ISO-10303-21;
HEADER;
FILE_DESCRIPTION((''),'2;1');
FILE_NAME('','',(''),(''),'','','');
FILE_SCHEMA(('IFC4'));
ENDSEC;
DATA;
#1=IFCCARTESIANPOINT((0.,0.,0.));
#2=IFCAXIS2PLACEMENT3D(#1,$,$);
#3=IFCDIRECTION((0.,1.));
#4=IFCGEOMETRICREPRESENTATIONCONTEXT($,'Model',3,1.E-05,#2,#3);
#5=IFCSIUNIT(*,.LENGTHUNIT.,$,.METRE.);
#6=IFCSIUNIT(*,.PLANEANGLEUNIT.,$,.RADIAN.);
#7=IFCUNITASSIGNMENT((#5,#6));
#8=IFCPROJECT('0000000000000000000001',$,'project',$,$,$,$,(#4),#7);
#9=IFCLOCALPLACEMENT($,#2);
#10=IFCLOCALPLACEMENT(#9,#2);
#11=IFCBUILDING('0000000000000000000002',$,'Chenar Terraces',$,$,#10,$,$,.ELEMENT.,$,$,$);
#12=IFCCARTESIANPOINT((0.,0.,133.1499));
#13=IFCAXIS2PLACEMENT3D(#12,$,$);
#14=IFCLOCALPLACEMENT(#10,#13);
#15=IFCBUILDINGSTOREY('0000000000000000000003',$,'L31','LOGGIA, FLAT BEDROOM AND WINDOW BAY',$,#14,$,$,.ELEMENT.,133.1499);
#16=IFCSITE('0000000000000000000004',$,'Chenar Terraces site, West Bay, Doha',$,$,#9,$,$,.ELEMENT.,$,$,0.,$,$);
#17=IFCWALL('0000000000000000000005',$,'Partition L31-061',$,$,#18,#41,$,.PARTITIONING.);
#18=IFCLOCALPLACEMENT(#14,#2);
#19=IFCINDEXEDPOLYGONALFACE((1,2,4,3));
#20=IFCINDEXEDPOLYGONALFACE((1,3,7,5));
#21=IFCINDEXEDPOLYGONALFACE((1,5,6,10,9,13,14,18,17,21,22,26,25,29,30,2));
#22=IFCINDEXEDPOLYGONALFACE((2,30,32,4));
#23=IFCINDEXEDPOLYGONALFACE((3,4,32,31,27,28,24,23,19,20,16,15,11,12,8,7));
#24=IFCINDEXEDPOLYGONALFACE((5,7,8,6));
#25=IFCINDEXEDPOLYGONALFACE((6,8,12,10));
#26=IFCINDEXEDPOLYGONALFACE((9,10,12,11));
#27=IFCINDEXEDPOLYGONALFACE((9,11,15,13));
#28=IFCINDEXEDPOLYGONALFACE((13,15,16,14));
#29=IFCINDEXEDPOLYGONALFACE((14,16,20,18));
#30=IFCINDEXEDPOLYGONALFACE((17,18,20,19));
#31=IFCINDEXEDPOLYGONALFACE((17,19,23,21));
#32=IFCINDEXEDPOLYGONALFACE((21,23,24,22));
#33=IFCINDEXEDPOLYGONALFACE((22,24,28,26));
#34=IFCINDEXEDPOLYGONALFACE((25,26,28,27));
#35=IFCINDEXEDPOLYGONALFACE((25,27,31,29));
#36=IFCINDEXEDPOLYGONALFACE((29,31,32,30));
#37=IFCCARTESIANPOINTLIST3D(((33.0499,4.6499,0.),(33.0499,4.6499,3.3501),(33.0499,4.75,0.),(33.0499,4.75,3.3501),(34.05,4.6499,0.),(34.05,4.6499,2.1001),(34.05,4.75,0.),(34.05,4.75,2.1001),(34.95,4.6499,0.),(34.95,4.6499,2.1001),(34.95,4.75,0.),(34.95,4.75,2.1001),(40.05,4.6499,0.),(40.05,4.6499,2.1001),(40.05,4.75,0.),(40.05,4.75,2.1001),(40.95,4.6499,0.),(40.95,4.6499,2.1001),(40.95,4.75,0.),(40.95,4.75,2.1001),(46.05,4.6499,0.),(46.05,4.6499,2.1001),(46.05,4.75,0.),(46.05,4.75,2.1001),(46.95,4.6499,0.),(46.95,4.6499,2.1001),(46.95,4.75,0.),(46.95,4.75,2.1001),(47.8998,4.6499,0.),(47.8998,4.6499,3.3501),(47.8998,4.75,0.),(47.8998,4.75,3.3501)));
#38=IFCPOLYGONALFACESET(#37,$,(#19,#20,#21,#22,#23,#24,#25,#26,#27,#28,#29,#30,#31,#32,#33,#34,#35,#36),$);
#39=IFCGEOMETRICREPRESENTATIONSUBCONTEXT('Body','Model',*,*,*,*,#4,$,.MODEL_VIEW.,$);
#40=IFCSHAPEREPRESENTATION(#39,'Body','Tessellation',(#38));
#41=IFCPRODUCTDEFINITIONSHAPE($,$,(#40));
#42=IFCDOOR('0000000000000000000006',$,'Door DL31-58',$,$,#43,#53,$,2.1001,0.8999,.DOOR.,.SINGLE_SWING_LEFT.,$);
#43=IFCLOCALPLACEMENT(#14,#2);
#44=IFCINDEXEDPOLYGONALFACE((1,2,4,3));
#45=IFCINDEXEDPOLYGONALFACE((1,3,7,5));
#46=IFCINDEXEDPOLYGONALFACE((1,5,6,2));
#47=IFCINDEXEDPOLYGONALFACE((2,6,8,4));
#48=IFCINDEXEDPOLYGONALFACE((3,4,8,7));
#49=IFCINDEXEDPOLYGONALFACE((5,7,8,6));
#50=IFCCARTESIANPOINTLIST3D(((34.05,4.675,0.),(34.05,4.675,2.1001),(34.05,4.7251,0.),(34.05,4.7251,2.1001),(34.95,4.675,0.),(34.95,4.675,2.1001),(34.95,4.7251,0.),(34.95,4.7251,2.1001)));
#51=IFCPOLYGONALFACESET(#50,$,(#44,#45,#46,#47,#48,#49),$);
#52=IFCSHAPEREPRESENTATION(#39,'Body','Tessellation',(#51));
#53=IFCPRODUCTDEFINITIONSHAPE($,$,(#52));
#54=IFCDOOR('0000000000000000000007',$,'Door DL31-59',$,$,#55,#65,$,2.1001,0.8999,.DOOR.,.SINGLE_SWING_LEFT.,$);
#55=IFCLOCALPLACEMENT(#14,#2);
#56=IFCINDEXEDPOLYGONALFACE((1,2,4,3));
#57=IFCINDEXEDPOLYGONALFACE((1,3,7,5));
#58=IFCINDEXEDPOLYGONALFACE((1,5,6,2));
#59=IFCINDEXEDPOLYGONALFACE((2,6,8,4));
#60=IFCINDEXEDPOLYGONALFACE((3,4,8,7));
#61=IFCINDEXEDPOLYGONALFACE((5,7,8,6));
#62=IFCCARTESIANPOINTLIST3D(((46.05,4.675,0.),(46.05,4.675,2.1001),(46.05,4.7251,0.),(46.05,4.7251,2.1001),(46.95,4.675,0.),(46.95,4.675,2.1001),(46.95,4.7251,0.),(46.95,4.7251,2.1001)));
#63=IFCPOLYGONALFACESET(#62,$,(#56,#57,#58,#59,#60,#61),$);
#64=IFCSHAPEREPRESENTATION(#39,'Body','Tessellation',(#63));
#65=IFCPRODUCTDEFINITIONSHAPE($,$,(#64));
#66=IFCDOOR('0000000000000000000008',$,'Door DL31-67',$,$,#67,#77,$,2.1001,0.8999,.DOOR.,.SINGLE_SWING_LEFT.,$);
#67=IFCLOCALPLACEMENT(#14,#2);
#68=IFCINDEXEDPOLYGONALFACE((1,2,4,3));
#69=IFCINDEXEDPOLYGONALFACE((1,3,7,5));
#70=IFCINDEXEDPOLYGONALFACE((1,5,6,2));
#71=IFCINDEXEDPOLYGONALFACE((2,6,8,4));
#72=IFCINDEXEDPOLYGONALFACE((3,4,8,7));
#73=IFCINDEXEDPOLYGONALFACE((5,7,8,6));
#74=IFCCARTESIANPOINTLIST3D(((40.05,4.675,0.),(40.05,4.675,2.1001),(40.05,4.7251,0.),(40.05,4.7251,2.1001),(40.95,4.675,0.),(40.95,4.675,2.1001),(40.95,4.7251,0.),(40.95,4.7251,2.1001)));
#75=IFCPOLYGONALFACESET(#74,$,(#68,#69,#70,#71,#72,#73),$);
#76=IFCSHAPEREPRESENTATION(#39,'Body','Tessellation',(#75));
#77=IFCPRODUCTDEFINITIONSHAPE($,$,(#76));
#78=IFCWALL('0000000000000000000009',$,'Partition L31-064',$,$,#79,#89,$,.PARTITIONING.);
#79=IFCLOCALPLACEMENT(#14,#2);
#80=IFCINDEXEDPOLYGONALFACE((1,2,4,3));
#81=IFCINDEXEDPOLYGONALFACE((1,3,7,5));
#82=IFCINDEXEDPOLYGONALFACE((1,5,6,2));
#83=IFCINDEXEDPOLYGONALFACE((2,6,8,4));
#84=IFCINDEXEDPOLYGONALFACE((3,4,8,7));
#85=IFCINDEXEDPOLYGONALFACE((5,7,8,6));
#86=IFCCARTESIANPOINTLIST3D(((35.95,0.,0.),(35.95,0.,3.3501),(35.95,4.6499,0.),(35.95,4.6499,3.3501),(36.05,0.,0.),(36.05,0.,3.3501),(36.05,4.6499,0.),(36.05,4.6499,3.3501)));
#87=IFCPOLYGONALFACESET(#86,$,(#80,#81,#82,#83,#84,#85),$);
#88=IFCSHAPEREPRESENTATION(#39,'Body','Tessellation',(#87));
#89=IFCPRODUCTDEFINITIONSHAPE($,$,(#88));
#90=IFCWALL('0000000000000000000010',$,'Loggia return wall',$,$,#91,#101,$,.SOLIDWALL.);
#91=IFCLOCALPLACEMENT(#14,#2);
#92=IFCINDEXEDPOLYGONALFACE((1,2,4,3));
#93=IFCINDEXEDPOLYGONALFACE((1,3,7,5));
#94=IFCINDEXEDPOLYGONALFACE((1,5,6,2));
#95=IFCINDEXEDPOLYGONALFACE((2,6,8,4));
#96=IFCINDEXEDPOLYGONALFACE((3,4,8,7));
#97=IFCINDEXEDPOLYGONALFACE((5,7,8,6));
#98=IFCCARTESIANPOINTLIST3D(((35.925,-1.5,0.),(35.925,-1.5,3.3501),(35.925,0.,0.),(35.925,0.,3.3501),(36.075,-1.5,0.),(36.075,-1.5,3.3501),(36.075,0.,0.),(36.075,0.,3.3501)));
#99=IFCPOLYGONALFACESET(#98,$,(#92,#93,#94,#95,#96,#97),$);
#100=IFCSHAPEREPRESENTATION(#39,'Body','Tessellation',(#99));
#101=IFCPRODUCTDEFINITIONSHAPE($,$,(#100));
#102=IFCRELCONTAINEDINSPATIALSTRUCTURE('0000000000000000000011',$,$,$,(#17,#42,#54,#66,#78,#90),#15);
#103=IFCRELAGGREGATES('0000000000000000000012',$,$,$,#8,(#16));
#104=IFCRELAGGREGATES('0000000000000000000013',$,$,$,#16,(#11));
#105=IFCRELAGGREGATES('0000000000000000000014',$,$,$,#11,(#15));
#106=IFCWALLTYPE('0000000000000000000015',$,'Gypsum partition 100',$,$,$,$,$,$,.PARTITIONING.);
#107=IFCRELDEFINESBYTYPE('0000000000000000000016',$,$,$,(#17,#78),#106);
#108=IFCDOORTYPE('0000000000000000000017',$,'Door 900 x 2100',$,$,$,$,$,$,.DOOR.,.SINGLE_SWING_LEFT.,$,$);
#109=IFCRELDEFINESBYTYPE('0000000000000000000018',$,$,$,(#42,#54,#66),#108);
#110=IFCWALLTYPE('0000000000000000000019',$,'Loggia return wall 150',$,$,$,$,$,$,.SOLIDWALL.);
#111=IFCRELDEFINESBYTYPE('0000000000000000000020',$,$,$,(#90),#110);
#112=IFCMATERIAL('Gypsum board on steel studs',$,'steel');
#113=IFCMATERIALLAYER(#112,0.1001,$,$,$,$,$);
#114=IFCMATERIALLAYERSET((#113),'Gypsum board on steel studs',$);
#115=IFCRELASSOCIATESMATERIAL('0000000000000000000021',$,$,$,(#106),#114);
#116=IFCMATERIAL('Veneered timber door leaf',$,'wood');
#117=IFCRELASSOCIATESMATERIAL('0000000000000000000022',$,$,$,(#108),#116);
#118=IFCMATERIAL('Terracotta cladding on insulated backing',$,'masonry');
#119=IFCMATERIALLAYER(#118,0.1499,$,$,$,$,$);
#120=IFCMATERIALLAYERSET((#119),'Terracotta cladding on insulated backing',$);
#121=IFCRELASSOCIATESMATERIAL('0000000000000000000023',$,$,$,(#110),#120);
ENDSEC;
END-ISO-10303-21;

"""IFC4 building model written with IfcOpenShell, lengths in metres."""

from ifc_helpers import new_model, si_unit, direction, frame, frame_2d, origin, place, context, subcontext, project, spatial, rectangle, extrude, material, layer, layer_set, type_object, element, fill, save


model = new_model("IFC4")

# Units and contexts
model_context = context("Model", 3, precision=1e-05, world=origin(), true_north=direction((0.0, 1.0)))
body_context = subcontext(model_context, "Body", "Model", "MODEL_VIEW")
ifc_project = project(units=[si_unit("LENGTHUNIT", "METRE"), si_unit("PLANEANGLEUNIT", "RADIAN")], contexts=[model_context])

# Site, building, storey
site_placement = place(None, origin())
site = spatial("IfcSite", under=ifc_project, at=site_placement, Name="Chenar Terraces site, West Bay, Doha", CompositionType="ELEMENT", RefElevation=0.0)
building_placement = place(site_placement, origin())
building = spatial("IfcBuilding", under=site, at=building_placement, Name="Chenar Terraces", CompositionType="ELEMENT")
storey_placement = place(building_placement, frame((0.0, 0.0, 133.1499)))
storey = spatial("IfcBuildingStorey", under=building, at=storey_placement, Name="L31", Description="LOGGIA, FLAT BEDROOM AND WINDOW BAY", CompositionType="ELEMENT", Elevation=133.1499)

# Shared definitions
ifc_material_1 = material(Name="Gypsum board on steel studs", Category="steel")
ifc_layer_1 = layer(ifc_material_1, 0.1001)
ifc_layer_set_1 = layer_set([ifc_layer_1], Name="Gypsum board on steel studs")
wall_type_1 = type_object("IfcWallType", Name="Gypsum partition 100", PredefinedType="PARTITIONING", material=ifc_layer_set_1)

# Shared definitions
ifc_material_2 = material(Name="Veneered timber door leaf", Category="wood")
door_type_1 = type_object("IfcDoorType", Name="Door 900 x 2100", OperationType="SINGLE_SWING_LEFT", PredefinedType="DOOR", material=ifc_material_2)

# Wall, openings, doors
wall_1_placement = place(storey_placement, frame((33.05, 4.7, 0.0), z_axis=(0.0, 0.0, 1.0), x_axis=(1.0, 0.0, 0.0)))
wall_1 = element("IfcWall", 1, at=wall_1_placement, inside=storey, type_object=wall_type_1, Name="Partition L31-061", PredefinedType="PARTITIONING", context=body_context, shape_type="SweptSolid", body=[
    extrude(rectangle(XDim=14.8499, YDim=0.1001, at=frame_2d((7.4248, 0.0))), origin(), (0.0, 0.0, 1.0), 3.3501),
])
opening_1_placement = place(wall_1_placement, frame((1.0, 0.0, 0.0)))
opening_1 = element("IfcOpeningElement", 2, at=opening_1_placement, cuts=wall_1, PredefinedType="OPENING", context=body_context, shape_type="SweptSolid", body=[
    extrude(rectangle(XDim=0.8999, YDim=2.1001, at=frame_2d((0.45, 1.05))), frame((0.0, 0.0601, 0.0), z_axis=(0.0, -1.0, 0.0), x_axis=(1.0, 0.0, 0.0)), (0.0, 0.0, 1.0), 0.1201),
])
opening_2_placement = place(wall_1_placement, frame((13.0, 0.0, 0.0)))
opening_2 = element("IfcOpeningElement", 3, at=opening_2_placement, cuts=wall_1, PredefinedType="OPENING", context=body_context, shape_type="SweptSolid", body=[
    extrude(rectangle(XDim=0.8999, YDim=2.1001, at=frame_2d((0.45, 1.05))), frame((0.0, 0.0601, 0.0), z_axis=(0.0, -1.0, 0.0), x_axis=(1.0, 0.0, 0.0)), (0.0, 0.0, 1.0), 0.1201),
])
opening_3_placement = place(wall_1_placement, frame((7.0, 0.0, 0.0)))
opening_3 = element("IfcOpeningElement", 4, at=opening_3_placement, cuts=wall_1, PredefinedType="OPENING", context=body_context, shape_type="SweptSolid", body=[
    extrude(rectangle(XDim=0.8999, YDim=2.1001, at=frame_2d((0.45, 1.05))), frame((0.0, 0.0601, 0.0), z_axis=(0.0, -1.0, 0.0), x_axis=(1.0, 0.0, 0.0)), (0.0, 0.0, 1.0), 0.1201),
])
door_1_placement = place(opening_1_placement, frame((0.8999, 0.0, 0.0), z_axis=(0.0, 0.0, 1.0), x_axis=(-1.0, 0.0, 0.0)))
door_1 = element("IfcDoor", 5, at=door_1_placement, inside=storey, type_object=door_type_1, Name="Door DL31-58", OperationType="SINGLE_SWING_LEFT", OverallHeight=2.1001, OverallWidth=0.8999, PredefinedType="DOOR", context=body_context, shape_type="SweptSolid", body=[
    extrude(rectangle(XDim=0.8999, YDim=2.1001, at=frame_2d((0.45, 1.05))), frame((0.0, 0.0249, 0.0), z_axis=(0.0, -1.0, 0.0), x_axis=(1.0, 0.0, 0.0)), (0.0, 0.0, 1.0), 0.05),
])
fill(opening_1, door_1)
door_2_placement = place(opening_2_placement, frame((0.8999, 0.0, 0.0), z_axis=(0.0, 0.0, 1.0), x_axis=(-1.0, 0.0, 0.0)))
door_2 = element("IfcDoor", 6, at=door_2_placement, inside=storey, type_object=door_type_1, Name="Door DL31-59", OperationType="SINGLE_SWING_LEFT", OverallHeight=2.1001, OverallWidth=0.8999, PredefinedType="DOOR", context=body_context, shape_type="SweptSolid", body=[
    extrude(rectangle(XDim=0.8999, YDim=2.1001, at=frame_2d((0.45, 1.05))), frame((0.0, 0.0249, 0.0), z_axis=(0.0, -1.0, 0.0), x_axis=(1.0, 0.0, 0.0)), (0.0, 0.0, 1.0), 0.05),
])
fill(opening_2, door_2)
door_3_placement = place(opening_3_placement, frame((0.8999, 0.0, 0.0), z_axis=(0.0, 0.0, 1.0), x_axis=(-1.0, 0.0, 0.0)))
door_3 = element("IfcDoor", 7, at=door_3_placement, inside=storey, type_object=door_type_1, Name="Door DL31-67", OperationType="SINGLE_SWING_LEFT", OverallHeight=2.1001, OverallWidth=0.8999, PredefinedType="DOOR", context=body_context, shape_type="SweptSolid", body=[
    extrude(rectangle(XDim=0.8999, YDim=2.1001, at=frame_2d((0.45, 1.05))), frame((0.0, 0.0249, 0.0), z_axis=(0.0, -1.0, 0.0), x_axis=(1.0, 0.0, 0.0)), (0.0, 0.0, 1.0), 0.05),
])
fill(opening_3, door_3)

# Walls
wall_2_placement = place(storey_placement, frame((36.0, 0.0, 0.0), z_axis=(0.0, 0.0, 1.0), x_axis=(0.0, 1.0, 0.0)))
element("IfcWall", 8, at=wall_2_placement, inside=storey, type_object=wall_type_1, Name="Partition L31-064", PredefinedType="PARTITIONING", context=body_context, shape_type="SweptSolid", body=[
    extrude(rectangle(XDim=4.6499, YDim=0.1001, at=frame_2d((2.325, 0.0))), origin(), (0.0, 0.0, 1.0), 3.3501),
])
ifc_material_3 = material(Name="Terracotta cladding on insulated backing", Category="masonry")
ifc_layer_2 = layer(ifc_material_3, 0.1499)
ifc_layer_set_2 = layer_set([ifc_layer_2], Name="Terracotta cladding on insulated backing")
wall_type_2 = type_object("IfcWallType", Name="Loggia return wall 150", PredefinedType="SOLIDWALL", material=ifc_layer_set_2)
wall_3_placement = place(storey_placement, frame((36.0, -1.5, 0.0), z_axis=(0.0, 0.0, 1.0), x_axis=(0.0, 1.0, 0.0)))
element("IfcWall", 9, at=wall_3_placement, inside=storey, type_object=wall_type_2, Name="Loggia return wall", PredefinedType="SOLIDWALL", context=body_context, shape_type="SweptSolid", body=[
    extrude(rectangle(XDim=1.5, YDim=0.1499, at=frame_2d((0.75, 0.0))), origin(), (0.0, 0.0, 1.0), 3.3501),
])

save(model, "model.ifc")
